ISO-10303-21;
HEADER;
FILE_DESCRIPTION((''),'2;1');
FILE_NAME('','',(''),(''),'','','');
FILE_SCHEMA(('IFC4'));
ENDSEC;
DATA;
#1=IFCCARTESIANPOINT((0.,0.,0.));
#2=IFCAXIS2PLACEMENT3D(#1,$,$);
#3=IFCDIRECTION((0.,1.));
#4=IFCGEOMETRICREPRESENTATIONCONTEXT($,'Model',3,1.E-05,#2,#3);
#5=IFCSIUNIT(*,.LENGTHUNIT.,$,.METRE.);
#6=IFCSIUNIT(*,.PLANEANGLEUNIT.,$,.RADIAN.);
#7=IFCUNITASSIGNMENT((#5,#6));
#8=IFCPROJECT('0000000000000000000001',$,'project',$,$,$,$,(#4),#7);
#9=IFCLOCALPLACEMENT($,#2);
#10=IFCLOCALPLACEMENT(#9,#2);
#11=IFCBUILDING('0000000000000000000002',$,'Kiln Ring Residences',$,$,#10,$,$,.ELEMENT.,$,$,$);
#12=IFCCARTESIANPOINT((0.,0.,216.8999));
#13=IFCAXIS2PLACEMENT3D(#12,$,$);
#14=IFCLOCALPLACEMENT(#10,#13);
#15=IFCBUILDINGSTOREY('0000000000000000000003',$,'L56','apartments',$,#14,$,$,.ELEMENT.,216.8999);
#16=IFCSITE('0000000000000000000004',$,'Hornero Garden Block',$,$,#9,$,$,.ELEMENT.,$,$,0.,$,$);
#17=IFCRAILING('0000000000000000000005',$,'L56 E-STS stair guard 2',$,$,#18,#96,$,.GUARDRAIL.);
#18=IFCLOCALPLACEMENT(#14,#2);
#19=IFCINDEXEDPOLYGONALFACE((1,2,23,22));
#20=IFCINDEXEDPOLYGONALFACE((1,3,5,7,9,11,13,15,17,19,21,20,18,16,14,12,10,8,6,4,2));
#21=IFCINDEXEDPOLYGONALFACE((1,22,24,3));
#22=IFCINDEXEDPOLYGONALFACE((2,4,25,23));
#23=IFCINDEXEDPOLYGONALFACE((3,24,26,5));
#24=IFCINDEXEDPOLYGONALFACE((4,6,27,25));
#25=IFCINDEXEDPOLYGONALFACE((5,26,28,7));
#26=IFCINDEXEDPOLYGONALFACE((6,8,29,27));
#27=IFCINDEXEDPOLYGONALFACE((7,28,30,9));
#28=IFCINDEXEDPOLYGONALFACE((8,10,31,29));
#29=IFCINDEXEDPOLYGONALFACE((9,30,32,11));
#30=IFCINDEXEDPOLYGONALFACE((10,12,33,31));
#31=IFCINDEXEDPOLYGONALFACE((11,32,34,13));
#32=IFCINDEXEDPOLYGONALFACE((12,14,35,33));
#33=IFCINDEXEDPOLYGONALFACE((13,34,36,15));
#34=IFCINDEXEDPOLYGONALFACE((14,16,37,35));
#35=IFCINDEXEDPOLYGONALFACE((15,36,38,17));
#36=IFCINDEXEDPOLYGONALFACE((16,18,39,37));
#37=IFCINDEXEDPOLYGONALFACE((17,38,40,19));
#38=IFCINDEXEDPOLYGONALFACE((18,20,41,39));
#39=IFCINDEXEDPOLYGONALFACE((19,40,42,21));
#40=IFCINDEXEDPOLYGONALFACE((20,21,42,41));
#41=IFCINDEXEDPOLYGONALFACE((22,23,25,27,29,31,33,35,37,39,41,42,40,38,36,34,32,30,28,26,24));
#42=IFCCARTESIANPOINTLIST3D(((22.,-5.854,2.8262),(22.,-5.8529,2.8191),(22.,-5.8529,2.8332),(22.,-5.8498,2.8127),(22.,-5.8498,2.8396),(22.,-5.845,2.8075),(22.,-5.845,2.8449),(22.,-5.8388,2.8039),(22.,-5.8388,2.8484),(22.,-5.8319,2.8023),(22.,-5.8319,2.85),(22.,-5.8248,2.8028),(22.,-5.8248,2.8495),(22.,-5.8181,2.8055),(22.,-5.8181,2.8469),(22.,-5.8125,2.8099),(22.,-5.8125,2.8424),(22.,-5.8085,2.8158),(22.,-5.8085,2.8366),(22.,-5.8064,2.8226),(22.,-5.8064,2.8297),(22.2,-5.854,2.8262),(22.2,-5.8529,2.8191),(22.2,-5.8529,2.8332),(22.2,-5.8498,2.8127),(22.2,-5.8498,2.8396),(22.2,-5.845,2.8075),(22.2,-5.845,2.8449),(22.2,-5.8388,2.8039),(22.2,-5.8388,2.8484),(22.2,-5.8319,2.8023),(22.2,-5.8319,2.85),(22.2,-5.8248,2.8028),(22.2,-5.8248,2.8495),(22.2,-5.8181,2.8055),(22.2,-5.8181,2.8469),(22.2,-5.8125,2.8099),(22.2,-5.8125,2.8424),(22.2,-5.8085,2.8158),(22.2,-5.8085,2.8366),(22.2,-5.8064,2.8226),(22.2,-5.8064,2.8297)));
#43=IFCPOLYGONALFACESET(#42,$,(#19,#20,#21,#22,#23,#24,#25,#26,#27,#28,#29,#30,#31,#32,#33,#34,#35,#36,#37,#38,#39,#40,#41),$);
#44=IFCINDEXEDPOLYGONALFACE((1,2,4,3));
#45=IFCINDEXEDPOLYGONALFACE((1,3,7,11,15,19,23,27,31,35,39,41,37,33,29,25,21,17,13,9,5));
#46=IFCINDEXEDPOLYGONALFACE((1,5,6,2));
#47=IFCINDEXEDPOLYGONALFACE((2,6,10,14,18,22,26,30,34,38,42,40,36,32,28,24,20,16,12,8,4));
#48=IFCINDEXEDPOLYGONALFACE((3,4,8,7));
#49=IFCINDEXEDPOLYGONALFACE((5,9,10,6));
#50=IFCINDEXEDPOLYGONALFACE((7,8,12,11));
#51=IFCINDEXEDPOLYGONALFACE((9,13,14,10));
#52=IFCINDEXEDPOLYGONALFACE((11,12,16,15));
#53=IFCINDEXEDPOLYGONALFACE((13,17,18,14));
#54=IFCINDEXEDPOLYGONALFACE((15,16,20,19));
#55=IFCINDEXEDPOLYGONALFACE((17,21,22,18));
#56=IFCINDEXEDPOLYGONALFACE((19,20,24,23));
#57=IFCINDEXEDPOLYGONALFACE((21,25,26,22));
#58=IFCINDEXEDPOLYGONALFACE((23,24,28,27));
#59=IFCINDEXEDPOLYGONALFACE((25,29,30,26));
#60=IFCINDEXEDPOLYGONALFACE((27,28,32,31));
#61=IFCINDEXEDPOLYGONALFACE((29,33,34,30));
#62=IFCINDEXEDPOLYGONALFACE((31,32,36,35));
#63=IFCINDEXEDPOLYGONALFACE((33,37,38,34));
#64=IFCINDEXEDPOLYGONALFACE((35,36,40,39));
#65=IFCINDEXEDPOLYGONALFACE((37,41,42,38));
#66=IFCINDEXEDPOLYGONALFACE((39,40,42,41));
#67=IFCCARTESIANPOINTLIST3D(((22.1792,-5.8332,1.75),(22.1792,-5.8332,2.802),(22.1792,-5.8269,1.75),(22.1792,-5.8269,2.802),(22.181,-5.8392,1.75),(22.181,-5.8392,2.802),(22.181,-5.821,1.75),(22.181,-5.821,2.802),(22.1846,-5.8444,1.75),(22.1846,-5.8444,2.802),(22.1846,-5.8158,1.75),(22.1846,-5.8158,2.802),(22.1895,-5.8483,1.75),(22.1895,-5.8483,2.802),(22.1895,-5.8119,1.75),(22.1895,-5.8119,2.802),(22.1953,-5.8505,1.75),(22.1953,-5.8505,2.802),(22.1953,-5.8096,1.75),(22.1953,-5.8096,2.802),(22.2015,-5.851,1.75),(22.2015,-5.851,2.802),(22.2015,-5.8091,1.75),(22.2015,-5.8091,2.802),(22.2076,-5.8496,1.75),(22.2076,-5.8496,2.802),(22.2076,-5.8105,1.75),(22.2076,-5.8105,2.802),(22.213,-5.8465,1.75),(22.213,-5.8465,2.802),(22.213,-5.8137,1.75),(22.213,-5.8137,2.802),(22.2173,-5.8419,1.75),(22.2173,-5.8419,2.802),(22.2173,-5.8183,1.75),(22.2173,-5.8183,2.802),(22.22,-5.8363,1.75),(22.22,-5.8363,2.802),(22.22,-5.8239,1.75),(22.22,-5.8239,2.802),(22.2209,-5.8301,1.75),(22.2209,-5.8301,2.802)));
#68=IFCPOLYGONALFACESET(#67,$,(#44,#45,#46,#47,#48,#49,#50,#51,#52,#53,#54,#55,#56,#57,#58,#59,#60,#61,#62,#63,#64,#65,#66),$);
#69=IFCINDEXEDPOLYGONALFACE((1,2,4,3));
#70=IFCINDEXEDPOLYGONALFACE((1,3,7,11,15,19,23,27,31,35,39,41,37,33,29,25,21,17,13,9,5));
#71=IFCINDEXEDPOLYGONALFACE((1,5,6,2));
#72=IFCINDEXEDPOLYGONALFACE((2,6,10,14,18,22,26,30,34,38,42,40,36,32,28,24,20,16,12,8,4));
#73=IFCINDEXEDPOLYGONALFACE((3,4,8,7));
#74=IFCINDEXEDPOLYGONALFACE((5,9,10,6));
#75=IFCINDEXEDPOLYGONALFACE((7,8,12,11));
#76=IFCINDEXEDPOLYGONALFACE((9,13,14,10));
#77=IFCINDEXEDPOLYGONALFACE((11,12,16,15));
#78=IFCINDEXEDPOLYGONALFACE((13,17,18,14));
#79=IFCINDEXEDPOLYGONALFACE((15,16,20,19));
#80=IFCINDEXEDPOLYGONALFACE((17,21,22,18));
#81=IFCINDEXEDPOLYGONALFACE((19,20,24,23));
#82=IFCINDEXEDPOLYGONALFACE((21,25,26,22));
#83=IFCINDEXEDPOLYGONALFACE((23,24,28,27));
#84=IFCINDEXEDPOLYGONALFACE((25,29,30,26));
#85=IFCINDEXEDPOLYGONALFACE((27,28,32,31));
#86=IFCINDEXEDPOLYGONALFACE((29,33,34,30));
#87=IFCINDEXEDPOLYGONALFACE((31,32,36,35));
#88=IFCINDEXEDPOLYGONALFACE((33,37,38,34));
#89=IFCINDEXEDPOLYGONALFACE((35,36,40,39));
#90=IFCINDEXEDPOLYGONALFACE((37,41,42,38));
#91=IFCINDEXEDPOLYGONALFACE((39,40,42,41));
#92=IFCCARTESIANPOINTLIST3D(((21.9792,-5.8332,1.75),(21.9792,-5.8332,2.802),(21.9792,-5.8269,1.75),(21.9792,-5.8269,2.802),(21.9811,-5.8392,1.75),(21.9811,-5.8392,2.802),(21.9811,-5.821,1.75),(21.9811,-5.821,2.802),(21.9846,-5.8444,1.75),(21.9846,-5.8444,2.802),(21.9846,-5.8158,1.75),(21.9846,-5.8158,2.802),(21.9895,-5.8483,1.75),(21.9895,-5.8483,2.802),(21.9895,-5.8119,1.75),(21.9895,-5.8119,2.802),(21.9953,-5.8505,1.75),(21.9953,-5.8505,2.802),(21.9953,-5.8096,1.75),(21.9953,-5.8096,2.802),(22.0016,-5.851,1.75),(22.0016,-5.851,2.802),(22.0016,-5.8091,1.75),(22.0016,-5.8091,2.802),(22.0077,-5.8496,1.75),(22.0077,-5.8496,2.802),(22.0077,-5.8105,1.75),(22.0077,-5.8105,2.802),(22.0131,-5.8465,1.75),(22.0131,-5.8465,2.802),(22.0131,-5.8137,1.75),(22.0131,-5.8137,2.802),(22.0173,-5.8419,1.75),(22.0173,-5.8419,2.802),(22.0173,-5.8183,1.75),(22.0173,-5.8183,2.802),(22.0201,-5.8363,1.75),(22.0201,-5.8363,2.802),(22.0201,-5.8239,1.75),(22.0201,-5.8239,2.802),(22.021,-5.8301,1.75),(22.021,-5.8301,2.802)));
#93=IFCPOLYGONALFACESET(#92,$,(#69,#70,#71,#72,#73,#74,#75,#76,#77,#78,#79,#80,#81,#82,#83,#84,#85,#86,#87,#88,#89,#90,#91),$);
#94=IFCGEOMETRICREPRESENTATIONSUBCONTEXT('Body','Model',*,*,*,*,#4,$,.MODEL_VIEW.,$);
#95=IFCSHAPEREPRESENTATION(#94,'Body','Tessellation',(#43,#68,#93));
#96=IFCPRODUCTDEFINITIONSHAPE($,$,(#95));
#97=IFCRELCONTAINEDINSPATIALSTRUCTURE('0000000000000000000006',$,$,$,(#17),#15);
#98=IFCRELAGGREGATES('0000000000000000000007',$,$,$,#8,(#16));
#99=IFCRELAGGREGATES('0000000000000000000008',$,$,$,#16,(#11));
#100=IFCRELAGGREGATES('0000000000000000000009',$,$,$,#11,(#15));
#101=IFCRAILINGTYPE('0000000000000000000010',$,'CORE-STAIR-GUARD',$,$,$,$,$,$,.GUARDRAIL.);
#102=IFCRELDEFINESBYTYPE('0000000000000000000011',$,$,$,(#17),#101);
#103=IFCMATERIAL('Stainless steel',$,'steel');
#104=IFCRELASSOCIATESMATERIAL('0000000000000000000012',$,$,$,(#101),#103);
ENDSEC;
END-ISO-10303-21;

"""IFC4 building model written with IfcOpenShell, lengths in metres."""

from ifc_helpers import new_model, si_unit, direction, frame, origin, origin_2d, place, context, subcontext, project, spatial, circle, extrude, material, type_object, element, save


model = new_model("IFC4")

# Units and contexts
model_context = context("Model", 3, precision=1e-05, world=origin(), true_north=direction((0.0, 1.0)))
body_context = subcontext(model_context, "Body", "Model", "MODEL_VIEW")
ifc_project = project(units=[si_unit("LENGTHUNIT", "METRE"), si_unit("PLANEANGLEUNIT", "RADIAN")], contexts=[model_context])

# Site, building, storey
site_placement = place(None, origin())
site = spatial("IfcSite", under=ifc_project, at=site_placement, Name="Hornero Garden Block", CompositionType="ELEMENT", RefElevation=0.0)
building_placement = place(site_placement, origin())
building = spatial("IfcBuilding", under=site, at=building_placement, Name="Kiln Ring Residences", CompositionType="ELEMENT")
storey_placement = place(building_placement, frame((0.0, 0.0, 216.8999)))
storey = spatial("IfcBuildingStorey", under=building, at=storey_placement, Name="L56", Description="apartments", CompositionType="ELEMENT", Elevation=216.8999)

# Railing
ifc_material_1 = material(Name="Stainless steel", Category="steel")
railing_type_1 = type_object("IfcRailingType", Name="CORE-STAIR-GUARD", PredefinedType="GUARDRAIL", material=ifc_material_1)
railing_1_placement = place(storey_placement, frame((22.2, -5.8301, 1.75)))
element("IfcRailing", 1, at=railing_1_placement, inside=storey, type_object=railing_type_1, Name="L56 E-STS stair guard 2", PredefinedType="GUARDRAIL", context=body_context, shape_type="SweptSolid", body=[
    extrude(circle(Radius=0.0239, at=origin_2d()), frame((0.0, 0.0, 1.0762), z_axis=(-1.0, 0.0, 0.0), x_axis=(0.0, -1.0, 0.0)), (0.0, 0.0, 1.0), 0.2),
    extrude(circle(Radius=0.021, at=origin_2d()), origin(), (0.0, 0.0, 1.0), 1.052),
    extrude(circle(Radius=0.021, at=origin_2d()), frame((-0.2, 0.0, 0.0)), (0.0, 0.0, 1.0), 1.052),
])

save(model, "model.ifc")
